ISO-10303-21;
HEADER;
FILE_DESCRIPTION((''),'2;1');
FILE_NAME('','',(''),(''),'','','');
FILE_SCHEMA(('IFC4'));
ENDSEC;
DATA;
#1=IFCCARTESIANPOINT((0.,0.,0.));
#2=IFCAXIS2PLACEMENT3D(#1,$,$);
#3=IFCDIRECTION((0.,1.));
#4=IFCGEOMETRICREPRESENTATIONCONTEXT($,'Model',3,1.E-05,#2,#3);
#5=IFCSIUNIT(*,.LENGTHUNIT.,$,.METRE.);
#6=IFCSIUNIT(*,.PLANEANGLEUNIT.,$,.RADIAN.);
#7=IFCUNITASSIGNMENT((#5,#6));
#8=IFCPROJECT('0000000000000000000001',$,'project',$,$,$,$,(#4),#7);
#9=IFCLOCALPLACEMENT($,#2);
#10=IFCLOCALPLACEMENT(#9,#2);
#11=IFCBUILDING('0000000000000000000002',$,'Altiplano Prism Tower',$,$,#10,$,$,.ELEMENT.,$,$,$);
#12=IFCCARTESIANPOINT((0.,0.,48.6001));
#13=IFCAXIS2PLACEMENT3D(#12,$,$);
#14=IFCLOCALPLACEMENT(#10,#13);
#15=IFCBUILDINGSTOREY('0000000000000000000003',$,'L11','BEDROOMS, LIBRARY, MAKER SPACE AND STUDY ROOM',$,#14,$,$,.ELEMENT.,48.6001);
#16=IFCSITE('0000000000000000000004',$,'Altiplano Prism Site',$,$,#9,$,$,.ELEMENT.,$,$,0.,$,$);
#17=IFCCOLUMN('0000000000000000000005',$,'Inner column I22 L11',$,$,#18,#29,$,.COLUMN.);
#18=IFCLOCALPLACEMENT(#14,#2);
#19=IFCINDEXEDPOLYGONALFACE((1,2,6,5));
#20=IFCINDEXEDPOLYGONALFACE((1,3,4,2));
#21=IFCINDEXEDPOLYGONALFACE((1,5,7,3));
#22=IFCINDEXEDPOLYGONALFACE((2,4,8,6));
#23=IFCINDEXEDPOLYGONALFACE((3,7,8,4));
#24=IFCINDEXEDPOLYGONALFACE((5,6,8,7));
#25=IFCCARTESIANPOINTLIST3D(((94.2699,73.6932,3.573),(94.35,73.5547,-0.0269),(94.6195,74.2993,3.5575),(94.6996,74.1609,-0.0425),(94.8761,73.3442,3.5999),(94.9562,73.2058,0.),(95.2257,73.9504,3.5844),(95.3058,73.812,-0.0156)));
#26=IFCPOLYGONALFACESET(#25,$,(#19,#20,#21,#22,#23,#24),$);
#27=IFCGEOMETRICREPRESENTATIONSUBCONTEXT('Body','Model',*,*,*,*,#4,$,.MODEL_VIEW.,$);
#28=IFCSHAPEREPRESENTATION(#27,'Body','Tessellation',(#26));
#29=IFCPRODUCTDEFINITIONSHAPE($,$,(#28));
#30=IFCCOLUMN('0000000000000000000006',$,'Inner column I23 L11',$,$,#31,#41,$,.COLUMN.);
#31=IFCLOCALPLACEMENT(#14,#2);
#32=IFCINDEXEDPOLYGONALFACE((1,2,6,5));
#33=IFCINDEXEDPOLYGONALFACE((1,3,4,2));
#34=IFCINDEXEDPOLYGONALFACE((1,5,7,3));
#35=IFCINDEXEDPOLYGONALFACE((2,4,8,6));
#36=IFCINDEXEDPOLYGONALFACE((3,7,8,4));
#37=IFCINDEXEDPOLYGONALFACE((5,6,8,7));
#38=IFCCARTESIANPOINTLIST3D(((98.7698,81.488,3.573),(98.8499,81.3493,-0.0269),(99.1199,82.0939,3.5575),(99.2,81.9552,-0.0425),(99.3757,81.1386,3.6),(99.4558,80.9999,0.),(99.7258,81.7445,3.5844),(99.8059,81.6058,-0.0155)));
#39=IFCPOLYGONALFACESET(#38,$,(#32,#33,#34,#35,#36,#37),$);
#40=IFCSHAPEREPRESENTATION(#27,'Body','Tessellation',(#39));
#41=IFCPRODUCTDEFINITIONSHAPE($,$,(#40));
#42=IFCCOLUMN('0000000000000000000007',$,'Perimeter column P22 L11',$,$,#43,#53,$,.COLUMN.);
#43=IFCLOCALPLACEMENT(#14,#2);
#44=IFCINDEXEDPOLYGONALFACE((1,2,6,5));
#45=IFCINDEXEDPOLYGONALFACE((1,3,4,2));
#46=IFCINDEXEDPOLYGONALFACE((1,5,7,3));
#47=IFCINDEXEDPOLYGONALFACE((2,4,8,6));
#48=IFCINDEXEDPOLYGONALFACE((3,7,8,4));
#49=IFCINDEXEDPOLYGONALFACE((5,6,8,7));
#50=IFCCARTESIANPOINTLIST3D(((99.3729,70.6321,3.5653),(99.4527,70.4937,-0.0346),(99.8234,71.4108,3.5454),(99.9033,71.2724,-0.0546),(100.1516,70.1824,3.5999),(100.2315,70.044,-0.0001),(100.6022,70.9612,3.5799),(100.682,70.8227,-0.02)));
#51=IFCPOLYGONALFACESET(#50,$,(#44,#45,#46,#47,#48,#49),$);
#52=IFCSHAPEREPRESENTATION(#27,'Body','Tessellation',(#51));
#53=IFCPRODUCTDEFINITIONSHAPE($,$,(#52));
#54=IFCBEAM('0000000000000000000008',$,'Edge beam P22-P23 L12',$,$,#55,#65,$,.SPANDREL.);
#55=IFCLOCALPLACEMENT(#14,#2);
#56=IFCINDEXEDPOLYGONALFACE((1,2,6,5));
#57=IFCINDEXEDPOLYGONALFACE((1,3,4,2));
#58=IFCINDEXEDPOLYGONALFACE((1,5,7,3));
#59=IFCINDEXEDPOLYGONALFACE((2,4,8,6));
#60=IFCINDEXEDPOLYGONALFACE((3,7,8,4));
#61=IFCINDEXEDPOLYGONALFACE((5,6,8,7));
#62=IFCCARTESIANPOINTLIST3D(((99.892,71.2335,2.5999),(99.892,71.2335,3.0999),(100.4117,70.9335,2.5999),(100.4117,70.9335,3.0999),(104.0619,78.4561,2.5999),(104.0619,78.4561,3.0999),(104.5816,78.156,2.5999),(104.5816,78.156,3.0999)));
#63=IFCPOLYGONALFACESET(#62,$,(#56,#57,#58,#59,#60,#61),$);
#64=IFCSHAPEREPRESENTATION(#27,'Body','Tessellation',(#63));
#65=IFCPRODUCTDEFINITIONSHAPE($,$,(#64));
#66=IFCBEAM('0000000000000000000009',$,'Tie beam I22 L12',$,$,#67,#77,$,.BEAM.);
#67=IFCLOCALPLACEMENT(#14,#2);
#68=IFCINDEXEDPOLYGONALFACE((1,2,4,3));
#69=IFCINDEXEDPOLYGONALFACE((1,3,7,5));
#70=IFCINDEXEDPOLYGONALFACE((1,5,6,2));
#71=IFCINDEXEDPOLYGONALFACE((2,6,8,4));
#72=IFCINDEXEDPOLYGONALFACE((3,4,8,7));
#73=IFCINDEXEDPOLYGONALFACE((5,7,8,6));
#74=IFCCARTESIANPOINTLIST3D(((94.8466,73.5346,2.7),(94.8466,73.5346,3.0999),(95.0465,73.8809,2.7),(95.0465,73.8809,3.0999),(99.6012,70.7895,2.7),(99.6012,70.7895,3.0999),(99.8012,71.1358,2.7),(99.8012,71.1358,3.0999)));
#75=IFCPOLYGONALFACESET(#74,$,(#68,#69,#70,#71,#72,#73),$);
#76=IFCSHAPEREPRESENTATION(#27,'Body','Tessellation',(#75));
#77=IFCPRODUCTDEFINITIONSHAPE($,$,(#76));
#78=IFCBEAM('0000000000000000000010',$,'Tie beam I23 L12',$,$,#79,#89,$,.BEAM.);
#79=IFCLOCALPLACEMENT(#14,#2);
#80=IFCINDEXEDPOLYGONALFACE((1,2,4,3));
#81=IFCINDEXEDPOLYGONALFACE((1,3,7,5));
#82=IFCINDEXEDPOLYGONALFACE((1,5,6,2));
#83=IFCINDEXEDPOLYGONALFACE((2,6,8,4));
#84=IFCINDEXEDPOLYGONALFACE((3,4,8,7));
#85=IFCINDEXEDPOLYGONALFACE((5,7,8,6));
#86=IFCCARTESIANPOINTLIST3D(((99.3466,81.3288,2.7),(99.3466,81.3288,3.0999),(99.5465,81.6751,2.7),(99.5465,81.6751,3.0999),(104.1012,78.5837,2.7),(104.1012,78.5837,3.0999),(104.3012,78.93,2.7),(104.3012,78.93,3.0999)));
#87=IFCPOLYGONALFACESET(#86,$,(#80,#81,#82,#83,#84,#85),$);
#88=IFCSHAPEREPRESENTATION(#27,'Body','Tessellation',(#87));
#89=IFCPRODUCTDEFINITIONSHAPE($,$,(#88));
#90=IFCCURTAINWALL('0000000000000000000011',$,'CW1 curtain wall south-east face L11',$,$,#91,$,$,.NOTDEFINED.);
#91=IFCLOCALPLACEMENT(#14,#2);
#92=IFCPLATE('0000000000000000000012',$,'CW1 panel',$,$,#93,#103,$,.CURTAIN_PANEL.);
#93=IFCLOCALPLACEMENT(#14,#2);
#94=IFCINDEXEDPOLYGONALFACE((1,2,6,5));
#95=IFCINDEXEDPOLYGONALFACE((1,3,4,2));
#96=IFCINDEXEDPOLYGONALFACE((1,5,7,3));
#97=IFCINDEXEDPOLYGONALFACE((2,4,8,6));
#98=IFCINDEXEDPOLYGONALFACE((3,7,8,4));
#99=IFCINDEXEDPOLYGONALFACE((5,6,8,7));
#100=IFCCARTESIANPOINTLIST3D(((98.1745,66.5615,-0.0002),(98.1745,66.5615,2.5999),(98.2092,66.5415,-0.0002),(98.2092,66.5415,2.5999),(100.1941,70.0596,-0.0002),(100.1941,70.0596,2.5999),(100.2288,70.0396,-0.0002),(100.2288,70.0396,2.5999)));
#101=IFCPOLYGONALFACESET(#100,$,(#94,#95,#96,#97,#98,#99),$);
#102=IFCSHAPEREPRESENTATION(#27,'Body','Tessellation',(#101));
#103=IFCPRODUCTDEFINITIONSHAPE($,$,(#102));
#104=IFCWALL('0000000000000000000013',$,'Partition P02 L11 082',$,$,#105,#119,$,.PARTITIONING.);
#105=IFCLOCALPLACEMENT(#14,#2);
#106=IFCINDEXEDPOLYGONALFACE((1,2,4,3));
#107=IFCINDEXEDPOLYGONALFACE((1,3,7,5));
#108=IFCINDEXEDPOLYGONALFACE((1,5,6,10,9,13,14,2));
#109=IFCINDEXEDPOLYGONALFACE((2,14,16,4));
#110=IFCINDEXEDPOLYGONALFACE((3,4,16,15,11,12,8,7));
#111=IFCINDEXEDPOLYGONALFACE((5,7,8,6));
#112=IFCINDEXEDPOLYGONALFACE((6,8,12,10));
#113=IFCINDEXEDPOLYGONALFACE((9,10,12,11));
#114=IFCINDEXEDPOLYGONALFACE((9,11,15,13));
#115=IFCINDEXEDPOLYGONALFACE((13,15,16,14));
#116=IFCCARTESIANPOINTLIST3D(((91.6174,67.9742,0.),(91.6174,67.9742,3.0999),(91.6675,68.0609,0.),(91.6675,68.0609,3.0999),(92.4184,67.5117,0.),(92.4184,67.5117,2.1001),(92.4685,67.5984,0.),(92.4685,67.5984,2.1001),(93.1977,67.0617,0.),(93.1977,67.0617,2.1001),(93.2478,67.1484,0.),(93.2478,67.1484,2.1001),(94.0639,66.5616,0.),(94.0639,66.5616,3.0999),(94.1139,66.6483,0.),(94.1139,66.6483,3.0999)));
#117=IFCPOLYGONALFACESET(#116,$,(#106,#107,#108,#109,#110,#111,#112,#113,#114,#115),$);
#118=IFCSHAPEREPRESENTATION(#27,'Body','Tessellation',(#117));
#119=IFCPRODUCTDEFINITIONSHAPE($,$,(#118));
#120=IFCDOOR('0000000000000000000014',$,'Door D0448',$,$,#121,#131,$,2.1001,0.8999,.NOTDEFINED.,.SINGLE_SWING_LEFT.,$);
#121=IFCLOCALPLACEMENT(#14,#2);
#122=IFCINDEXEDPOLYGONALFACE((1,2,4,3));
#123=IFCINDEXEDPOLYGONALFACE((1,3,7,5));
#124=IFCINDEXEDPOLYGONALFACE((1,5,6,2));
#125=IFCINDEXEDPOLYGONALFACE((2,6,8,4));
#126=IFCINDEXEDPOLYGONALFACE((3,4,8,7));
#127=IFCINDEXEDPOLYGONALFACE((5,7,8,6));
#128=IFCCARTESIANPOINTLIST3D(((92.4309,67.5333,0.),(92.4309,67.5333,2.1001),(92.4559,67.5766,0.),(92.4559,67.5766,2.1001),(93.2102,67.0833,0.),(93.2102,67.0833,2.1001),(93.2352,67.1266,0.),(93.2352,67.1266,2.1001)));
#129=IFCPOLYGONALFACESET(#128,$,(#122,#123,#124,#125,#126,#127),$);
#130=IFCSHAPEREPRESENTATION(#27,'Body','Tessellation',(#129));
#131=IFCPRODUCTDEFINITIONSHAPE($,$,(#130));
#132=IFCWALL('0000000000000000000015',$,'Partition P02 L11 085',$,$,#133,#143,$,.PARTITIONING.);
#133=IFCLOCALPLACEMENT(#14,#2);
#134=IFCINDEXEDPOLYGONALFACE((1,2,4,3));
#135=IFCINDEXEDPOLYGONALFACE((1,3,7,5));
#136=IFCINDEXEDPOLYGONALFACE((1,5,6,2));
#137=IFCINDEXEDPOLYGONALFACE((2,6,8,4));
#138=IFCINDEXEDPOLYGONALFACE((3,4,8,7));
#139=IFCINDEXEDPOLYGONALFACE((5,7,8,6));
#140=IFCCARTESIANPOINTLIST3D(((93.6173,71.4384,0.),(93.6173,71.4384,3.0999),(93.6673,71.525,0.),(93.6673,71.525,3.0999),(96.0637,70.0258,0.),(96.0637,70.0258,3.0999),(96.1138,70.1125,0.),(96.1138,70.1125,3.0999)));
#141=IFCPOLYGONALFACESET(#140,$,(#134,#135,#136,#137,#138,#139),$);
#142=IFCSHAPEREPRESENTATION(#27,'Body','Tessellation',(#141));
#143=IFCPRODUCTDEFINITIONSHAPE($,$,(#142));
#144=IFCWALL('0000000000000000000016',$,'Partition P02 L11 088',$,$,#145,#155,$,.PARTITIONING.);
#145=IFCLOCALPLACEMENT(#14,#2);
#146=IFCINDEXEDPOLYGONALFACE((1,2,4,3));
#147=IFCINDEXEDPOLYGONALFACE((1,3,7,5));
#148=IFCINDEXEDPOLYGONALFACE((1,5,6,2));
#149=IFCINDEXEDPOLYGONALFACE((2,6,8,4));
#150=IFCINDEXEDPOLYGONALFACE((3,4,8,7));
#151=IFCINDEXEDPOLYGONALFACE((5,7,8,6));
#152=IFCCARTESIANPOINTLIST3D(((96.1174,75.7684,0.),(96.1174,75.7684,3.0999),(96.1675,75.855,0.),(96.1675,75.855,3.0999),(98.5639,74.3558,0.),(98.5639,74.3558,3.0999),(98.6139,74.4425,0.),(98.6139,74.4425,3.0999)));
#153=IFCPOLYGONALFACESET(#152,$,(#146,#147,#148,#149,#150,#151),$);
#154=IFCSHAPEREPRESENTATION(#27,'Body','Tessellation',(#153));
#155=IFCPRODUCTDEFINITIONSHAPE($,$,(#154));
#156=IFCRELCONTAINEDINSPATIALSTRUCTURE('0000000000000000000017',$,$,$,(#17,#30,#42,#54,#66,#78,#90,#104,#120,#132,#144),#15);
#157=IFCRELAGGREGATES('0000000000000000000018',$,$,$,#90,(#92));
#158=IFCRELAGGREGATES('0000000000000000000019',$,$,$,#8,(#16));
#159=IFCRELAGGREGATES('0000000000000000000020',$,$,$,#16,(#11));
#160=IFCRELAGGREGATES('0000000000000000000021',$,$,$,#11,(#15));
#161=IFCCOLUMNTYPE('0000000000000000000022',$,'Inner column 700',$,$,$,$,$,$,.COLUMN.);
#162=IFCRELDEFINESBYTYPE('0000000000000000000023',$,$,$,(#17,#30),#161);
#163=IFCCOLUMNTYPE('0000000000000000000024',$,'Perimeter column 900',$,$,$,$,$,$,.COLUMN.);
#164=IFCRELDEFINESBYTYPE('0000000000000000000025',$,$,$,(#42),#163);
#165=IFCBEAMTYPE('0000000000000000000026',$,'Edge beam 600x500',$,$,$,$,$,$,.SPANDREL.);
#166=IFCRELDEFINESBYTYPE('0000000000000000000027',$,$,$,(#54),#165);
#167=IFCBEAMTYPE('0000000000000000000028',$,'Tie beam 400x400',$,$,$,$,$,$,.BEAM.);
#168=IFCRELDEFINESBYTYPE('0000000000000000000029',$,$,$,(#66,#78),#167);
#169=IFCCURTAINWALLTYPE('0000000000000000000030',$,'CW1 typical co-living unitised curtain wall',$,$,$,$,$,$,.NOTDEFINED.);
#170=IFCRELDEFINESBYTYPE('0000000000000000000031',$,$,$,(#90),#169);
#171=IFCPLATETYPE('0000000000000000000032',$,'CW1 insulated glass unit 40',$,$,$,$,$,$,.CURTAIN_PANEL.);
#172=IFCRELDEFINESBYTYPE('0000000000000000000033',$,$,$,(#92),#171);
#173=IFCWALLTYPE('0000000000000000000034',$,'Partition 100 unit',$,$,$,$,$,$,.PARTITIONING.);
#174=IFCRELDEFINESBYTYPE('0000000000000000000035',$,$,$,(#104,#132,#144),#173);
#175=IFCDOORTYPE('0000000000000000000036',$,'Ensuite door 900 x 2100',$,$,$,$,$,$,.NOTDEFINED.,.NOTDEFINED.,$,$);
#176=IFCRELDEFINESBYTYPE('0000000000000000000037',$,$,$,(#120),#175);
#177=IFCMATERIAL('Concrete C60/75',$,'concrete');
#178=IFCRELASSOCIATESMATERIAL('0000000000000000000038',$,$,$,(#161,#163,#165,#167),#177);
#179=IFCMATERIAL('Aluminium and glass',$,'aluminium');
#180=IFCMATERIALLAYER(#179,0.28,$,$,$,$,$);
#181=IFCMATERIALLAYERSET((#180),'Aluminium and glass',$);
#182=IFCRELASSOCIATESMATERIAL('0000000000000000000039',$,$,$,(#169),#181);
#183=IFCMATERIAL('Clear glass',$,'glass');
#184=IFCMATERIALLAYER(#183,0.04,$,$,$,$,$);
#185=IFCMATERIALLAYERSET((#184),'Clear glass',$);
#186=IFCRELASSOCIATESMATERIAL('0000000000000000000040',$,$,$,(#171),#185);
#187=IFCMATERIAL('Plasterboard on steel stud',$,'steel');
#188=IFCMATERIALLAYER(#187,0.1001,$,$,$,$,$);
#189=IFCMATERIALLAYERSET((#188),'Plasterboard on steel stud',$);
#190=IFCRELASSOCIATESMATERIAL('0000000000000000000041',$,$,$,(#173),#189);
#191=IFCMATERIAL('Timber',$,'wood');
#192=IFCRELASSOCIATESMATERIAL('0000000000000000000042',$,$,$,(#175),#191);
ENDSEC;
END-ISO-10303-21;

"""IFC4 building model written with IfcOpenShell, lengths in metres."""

from ifc_helpers import new_model, si_unit, direction, frame, frame_2d, origin, origin_2d, place, context, subcontext, project, spatial, rectangle, extrude, material, layer, layer_set, material_profile, profile_set, type_object, element, fill, aggregate, save


model = new_model("IFC4")

# Units and contexts
model_context = context("Model", 3, precision=1e-05, world=origin(), true_north=direction((0.0, 1.0)))
body_context = subcontext(model_context, "Body", "Model", "MODEL_VIEW")
ifc_project = project(units=[si_unit("LENGTHUNIT", "METRE"), si_unit("PLANEANGLEUNIT", "RADIAN")], contexts=[model_context])

# Site, building, storey
site_placement = place(None, origin())
site = spatial("IfcSite", under=ifc_project, at=site_placement, Name="Altiplano Prism Site", CompositionType="ELEMENT", RefElevation=0.0)
building_placement = place(site_placement, origin())
building = spatial("IfcBuilding", under=site, at=building_placement, Name="Altiplano Prism Tower", CompositionType="ELEMENT")
storey_placement = place(building_placement, frame((0.0, 0.0, 48.6001)))
storey = spatial("IfcBuildingStorey", under=building, at=storey_placement, Name="L11", Description="BEDROOMS, LIBRARY, MAKER SPACE AND STUDY ROOM", CompositionType="ELEMENT", Elevation=48.6001)

# Columns
ifc_material_1 = material(Name="Concrete C60/75", Category="concrete")
ifc_material_profile_1 = material_profile(ifc_material_1, rectangle(XDim=0.7, YDim=0.7, at=origin_2d()), Name="Inner column 700")
ifc_profile_set_1 = profile_set([ifc_material_profile_1], Name="Concrete C60/75")
column_type_1 = type_object("IfcColumnType", Name="Inner column 700", PredefinedType="COLUMN", material=ifc_profile_set_1)
for number, where, z_axis, x_axis, name in (
    (1, (94.8279, 73.6833, -0.0212), (-0.022223, 0.038416, 0.999015), (-0.49951, -0.866024, 0.02219), "Inner column I22 L11"),
    (2, (99.3279, 81.4775, -0.0212), (-0.022223, 0.038483, 0.999012), (-0.500167, -0.865644, 0.02222), "Inner column I23 L11"),
):
    element("IfcColumn", number, at=place(storey_placement, frame(where, z_axis=z_axis, x_axis=x_axis)), inside=storey, type_object=column_type_1, Name=name, PredefinedType="COLUMN", context=body_context, shape_type="SweptSolid", body=[
        extrude(rectangle(XDim=0.7, YDim=0.7, at=origin_2d()), origin(), (0.0, 0.0, 1.0), 3.6035),
    ])
ifc_material_profile_2 = material_profile(ifc_material_1, rectangle(XDim=0.8999, YDim=0.8999, at=origin_2d()), Name="Perimeter column 900")
ifc_profile_set_2 = profile_set([ifc_material_profile_2], Name="Concrete C60/75")
column_type_2 = type_object("IfcColumnType", Name="Perimeter column 900", PredefinedType="COLUMN", material=ifc_profile_set_2)
column_placement = place(storey_placement, frame((100.0674, 70.6582, -0.0273), z_axis=(-0.022155, 0.038416, 0.999016), x_axis=(-0.500655, -0.865363, 0.022173)))
element("IfcColumn", 3, at=column_placement, inside=storey, type_object=column_type_2, Name="Perimeter column P22 L11", PredefinedType="COLUMN", context=body_context, shape_type="SweptSolid", body=[
    extrude(rectangle(XDim=0.8999, YDim=0.8999, at=origin_2d()), origin(), (0.0, 0.0, 1.0), 3.6035),
])

# Beams
ifc_material_profile_3 = material_profile(ifc_material_1, rectangle(XDim=0.6001, YDim=0.5, at=origin_2d()), Name="Edge beam 600x500")
ifc_profile_set_3 = profile_set([ifc_material_profile_3], Name="Concrete C60/75")
beam_type_1 = type_object("IfcBeamType", Name="Edge beam 600x500", PredefinedType="SPANDREL", material=ifc_profile_set_3)
beam_placement = place(storey_placement, frame((100.1519, 71.0835, 2.8499), z_axis=(0.499993, 0.86603, 0.0), x_axis=(-0.86603, 0.499993, 0.0)))
element("IfcBeam", 4, at=beam_placement, inside=storey, type_object=beam_type_1, Name="Edge beam P22-P23 L12", PredefinedType="SPANDREL", context=body_context, shape_type="SweptSolid", body=[
    extrude(rectangle(XDim=0.6001, YDim=0.5, at=origin_2d()), origin(), (0.0, 0.0, 1.0), 8.3398),
])
ifc_material_profile_4 = material_profile(ifc_material_1, rectangle(XDim=0.3999, YDim=0.3999, at=origin_2d()), Name="Tie beam 400x400")
ifc_profile_set_4 = profile_set([ifc_material_profile_4], Name="Concrete C60/75")
beam_type_2 = type_object("IfcBeamType", Name="Tie beam 400x400", PredefinedType="BEAM", material=ifc_profile_set_4)
for number, where, z_axis, x_axis, name in (
    (5, (94.9465, 73.7078, 2.8999), (0.866023, -0.500003, 0.0), (0.500003, 0.866023, 0.0), "Tie beam I22 L12"),
    (6, (99.4465, 81.502, 2.8999), (0.866023, -0.500003, 0.0), (0.500003, 0.866023, 0.0), "Tie beam I23 L12"),
):
    element("IfcBeam", number, at=place(storey_placement, frame(where, z_axis=z_axis, x_axis=x_axis)), inside=storey, type_object=beam_type_2, Name=name, PredefinedType="BEAM", context=body_context, shape_type="SweptSolid", body=[
        extrude(rectangle(XDim=0.3999, YDim=0.3999, at=origin_2d()), origin(), (0.0, 0.0, 1.0), 5.4902),
    ])

# Curtain wall, plate
ifc_material_2 = material(Name="Aluminium and glass", Category="aluminium")
ifc_layer_1 = layer(ifc_material_2, 0.28)
ifc_layer_set_1 = layer_set([ifc_layer_1], Name="Aluminium and glass")
curtain_wall_type = type_object("IfcCurtainWallType", Name="CW1 typical co-living unitised curtain wall", PredefinedType="NOTDEFINED", material=ifc_layer_set_1)
curtain_wall_placement = place(storey_placement, origin())
curtain_wall = element("IfcCurtainWall", 7, at=curtain_wall_placement, inside=storey, type_object=curtain_wall_type, Name="CW1 curtain wall south-east face L11", PredefinedType="NOTDEFINED")
ifc_material_3 = material(Name="Clear glass", Category="glass")
ifc_layer_2 = layer(ifc_material_3, 0.04)
ifc_layer_set_2 = layer_set([ifc_layer_2], Name="Clear glass")
plate_type = type_object("IfcPlateType", Name="CW1 insulated glass unit 40", PredefinedType="CURTAIN_PANEL", material=ifc_layer_set_2)
plate_placement = place(storey_placement, frame((99.2017, 68.3005, -0.0002), z_axis=(0.0, 0.0, 1.0), x_axis=(0.5, 0.866025, 0.0)))
plate = element("IfcPlate", 8, at=plate_placement, type_object=plate_type, Name="CW1 panel", PredefinedType="CURTAIN_PANEL", context=body_context, shape_type="SweptSolid", body=[
    extrude(rectangle(XDim=4.0393, YDim=0.04, at=origin_2d()), origin(), (0.0, 0.0, 1.0), 2.6001),
])
aggregate(curtain_wall, [plate])

# Wall, opening, door
ifc_material_4 = material(Name="Plasterboard on steel stud", Category="steel")
ifc_layer_3 = layer(ifc_material_4, 0.1001)
ifc_layer_set_3 = layer_set([ifc_layer_3], Name="Plasterboard on steel stud")
wall_type_1 = type_object("IfcWallType", Name="Partition 100 unit", PredefinedType="PARTITIONING", material=ifc_layer_set_3)
wall_1_placement = place(storey_placement, frame((91.6423, 68.0176, 0.0), z_axis=(0.0, 0.0, 1.0), x_axis=(0.866011, -0.500024, 0.0)))
wall_1 = element("IfcWall", 9, at=wall_1_placement, inside=storey, type_object=wall_type_1, Name="Partition P02 L11 082", PredefinedType="PARTITIONING", context=body_context, shape_type="SweptSolid", body=[
    extrude(rectangle(XDim=2.825, YDim=0.1001, at=frame_2d((1.4126, 0.0))), origin(), (0.0, 0.0, 1.0), 3.0999),
])
opening_1_placement = place(wall_1_placement, frame((0.925, 0.0, 0.0)))
opening_1 = element("IfcOpeningElement", 10, at=opening_1_placement, cuts=wall_1, PredefinedType="OPENING", context=body_context, shape_type="SweptSolid", body=[
    extrude(rectangle(XDim=0.8999, YDim=2.1001, at=frame_2d((0.45, 1.05))), frame((0.0, 0.0605, 0.0), z_axis=(0.0, -1.0, 0.0), x_axis=(1.0, 0.0, 0.0)), (0.0, 0.0, 1.0), 0.1211),
])
ifc_material_5 = material(Name="Timber", Category="wood")
door_type = type_object("IfcDoorType", Name="Ensuite door 900 x 2100", OperationType="NOTDEFINED", PredefinedType="NOTDEFINED", material=ifc_material_5)
door_1_placement = place(opening_1_placement, origin())
door_1 = element("IfcDoor", 11, at=door_1_placement, inside=storey, type_object=door_type, Name="Door D0448", OperationType="SINGLE_SWING_LEFT", OverallHeight=2.1001, OverallWidth=0.8999, PredefinedType="NOTDEFINED", context=body_context, shape_type="SweptSolid", body=[
    extrude(rectangle(XDim=0.8999, YDim=2.1001, at=frame_2d((0.45, 1.05))), frame((0.0, 0.0249, 0.0), z_axis=(0.0, -1.0, 0.0), x_axis=(1.0, 0.0, 0.0)), (0.0, 0.0, 1.0), 0.05),
])
fill(opening_1, door_1)

# Walls
for number, where, z_axis, x_axis, name in (
    (12, (96.0889, 70.0691, 0.0), (0.0, 0.0, 1.0), (-0.866011, 0.500024, 0.0), "Partition P02 L11 085"),
    (13, (96.1423, 75.8118, 0.0), (0.0, 0.0, 1.0), (0.866011, -0.500024, 0.0), "Partition P02 L11 088"),
):
    element("IfcWall", number, at=place(storey_placement, frame(where, z_axis=z_axis, x_axis=x_axis)), inside=storey, type_object=wall_type_1, Name=name, PredefinedType="PARTITIONING", context=body_context, shape_type="SweptSolid", body=[
        extrude(rectangle(XDim=2.825, YDim=0.1001, at=frame_2d((1.4126, 0.0))), origin(), (0.0, 0.0, 1.0), 3.0999),
    ])

save(model, "model.ifc")
